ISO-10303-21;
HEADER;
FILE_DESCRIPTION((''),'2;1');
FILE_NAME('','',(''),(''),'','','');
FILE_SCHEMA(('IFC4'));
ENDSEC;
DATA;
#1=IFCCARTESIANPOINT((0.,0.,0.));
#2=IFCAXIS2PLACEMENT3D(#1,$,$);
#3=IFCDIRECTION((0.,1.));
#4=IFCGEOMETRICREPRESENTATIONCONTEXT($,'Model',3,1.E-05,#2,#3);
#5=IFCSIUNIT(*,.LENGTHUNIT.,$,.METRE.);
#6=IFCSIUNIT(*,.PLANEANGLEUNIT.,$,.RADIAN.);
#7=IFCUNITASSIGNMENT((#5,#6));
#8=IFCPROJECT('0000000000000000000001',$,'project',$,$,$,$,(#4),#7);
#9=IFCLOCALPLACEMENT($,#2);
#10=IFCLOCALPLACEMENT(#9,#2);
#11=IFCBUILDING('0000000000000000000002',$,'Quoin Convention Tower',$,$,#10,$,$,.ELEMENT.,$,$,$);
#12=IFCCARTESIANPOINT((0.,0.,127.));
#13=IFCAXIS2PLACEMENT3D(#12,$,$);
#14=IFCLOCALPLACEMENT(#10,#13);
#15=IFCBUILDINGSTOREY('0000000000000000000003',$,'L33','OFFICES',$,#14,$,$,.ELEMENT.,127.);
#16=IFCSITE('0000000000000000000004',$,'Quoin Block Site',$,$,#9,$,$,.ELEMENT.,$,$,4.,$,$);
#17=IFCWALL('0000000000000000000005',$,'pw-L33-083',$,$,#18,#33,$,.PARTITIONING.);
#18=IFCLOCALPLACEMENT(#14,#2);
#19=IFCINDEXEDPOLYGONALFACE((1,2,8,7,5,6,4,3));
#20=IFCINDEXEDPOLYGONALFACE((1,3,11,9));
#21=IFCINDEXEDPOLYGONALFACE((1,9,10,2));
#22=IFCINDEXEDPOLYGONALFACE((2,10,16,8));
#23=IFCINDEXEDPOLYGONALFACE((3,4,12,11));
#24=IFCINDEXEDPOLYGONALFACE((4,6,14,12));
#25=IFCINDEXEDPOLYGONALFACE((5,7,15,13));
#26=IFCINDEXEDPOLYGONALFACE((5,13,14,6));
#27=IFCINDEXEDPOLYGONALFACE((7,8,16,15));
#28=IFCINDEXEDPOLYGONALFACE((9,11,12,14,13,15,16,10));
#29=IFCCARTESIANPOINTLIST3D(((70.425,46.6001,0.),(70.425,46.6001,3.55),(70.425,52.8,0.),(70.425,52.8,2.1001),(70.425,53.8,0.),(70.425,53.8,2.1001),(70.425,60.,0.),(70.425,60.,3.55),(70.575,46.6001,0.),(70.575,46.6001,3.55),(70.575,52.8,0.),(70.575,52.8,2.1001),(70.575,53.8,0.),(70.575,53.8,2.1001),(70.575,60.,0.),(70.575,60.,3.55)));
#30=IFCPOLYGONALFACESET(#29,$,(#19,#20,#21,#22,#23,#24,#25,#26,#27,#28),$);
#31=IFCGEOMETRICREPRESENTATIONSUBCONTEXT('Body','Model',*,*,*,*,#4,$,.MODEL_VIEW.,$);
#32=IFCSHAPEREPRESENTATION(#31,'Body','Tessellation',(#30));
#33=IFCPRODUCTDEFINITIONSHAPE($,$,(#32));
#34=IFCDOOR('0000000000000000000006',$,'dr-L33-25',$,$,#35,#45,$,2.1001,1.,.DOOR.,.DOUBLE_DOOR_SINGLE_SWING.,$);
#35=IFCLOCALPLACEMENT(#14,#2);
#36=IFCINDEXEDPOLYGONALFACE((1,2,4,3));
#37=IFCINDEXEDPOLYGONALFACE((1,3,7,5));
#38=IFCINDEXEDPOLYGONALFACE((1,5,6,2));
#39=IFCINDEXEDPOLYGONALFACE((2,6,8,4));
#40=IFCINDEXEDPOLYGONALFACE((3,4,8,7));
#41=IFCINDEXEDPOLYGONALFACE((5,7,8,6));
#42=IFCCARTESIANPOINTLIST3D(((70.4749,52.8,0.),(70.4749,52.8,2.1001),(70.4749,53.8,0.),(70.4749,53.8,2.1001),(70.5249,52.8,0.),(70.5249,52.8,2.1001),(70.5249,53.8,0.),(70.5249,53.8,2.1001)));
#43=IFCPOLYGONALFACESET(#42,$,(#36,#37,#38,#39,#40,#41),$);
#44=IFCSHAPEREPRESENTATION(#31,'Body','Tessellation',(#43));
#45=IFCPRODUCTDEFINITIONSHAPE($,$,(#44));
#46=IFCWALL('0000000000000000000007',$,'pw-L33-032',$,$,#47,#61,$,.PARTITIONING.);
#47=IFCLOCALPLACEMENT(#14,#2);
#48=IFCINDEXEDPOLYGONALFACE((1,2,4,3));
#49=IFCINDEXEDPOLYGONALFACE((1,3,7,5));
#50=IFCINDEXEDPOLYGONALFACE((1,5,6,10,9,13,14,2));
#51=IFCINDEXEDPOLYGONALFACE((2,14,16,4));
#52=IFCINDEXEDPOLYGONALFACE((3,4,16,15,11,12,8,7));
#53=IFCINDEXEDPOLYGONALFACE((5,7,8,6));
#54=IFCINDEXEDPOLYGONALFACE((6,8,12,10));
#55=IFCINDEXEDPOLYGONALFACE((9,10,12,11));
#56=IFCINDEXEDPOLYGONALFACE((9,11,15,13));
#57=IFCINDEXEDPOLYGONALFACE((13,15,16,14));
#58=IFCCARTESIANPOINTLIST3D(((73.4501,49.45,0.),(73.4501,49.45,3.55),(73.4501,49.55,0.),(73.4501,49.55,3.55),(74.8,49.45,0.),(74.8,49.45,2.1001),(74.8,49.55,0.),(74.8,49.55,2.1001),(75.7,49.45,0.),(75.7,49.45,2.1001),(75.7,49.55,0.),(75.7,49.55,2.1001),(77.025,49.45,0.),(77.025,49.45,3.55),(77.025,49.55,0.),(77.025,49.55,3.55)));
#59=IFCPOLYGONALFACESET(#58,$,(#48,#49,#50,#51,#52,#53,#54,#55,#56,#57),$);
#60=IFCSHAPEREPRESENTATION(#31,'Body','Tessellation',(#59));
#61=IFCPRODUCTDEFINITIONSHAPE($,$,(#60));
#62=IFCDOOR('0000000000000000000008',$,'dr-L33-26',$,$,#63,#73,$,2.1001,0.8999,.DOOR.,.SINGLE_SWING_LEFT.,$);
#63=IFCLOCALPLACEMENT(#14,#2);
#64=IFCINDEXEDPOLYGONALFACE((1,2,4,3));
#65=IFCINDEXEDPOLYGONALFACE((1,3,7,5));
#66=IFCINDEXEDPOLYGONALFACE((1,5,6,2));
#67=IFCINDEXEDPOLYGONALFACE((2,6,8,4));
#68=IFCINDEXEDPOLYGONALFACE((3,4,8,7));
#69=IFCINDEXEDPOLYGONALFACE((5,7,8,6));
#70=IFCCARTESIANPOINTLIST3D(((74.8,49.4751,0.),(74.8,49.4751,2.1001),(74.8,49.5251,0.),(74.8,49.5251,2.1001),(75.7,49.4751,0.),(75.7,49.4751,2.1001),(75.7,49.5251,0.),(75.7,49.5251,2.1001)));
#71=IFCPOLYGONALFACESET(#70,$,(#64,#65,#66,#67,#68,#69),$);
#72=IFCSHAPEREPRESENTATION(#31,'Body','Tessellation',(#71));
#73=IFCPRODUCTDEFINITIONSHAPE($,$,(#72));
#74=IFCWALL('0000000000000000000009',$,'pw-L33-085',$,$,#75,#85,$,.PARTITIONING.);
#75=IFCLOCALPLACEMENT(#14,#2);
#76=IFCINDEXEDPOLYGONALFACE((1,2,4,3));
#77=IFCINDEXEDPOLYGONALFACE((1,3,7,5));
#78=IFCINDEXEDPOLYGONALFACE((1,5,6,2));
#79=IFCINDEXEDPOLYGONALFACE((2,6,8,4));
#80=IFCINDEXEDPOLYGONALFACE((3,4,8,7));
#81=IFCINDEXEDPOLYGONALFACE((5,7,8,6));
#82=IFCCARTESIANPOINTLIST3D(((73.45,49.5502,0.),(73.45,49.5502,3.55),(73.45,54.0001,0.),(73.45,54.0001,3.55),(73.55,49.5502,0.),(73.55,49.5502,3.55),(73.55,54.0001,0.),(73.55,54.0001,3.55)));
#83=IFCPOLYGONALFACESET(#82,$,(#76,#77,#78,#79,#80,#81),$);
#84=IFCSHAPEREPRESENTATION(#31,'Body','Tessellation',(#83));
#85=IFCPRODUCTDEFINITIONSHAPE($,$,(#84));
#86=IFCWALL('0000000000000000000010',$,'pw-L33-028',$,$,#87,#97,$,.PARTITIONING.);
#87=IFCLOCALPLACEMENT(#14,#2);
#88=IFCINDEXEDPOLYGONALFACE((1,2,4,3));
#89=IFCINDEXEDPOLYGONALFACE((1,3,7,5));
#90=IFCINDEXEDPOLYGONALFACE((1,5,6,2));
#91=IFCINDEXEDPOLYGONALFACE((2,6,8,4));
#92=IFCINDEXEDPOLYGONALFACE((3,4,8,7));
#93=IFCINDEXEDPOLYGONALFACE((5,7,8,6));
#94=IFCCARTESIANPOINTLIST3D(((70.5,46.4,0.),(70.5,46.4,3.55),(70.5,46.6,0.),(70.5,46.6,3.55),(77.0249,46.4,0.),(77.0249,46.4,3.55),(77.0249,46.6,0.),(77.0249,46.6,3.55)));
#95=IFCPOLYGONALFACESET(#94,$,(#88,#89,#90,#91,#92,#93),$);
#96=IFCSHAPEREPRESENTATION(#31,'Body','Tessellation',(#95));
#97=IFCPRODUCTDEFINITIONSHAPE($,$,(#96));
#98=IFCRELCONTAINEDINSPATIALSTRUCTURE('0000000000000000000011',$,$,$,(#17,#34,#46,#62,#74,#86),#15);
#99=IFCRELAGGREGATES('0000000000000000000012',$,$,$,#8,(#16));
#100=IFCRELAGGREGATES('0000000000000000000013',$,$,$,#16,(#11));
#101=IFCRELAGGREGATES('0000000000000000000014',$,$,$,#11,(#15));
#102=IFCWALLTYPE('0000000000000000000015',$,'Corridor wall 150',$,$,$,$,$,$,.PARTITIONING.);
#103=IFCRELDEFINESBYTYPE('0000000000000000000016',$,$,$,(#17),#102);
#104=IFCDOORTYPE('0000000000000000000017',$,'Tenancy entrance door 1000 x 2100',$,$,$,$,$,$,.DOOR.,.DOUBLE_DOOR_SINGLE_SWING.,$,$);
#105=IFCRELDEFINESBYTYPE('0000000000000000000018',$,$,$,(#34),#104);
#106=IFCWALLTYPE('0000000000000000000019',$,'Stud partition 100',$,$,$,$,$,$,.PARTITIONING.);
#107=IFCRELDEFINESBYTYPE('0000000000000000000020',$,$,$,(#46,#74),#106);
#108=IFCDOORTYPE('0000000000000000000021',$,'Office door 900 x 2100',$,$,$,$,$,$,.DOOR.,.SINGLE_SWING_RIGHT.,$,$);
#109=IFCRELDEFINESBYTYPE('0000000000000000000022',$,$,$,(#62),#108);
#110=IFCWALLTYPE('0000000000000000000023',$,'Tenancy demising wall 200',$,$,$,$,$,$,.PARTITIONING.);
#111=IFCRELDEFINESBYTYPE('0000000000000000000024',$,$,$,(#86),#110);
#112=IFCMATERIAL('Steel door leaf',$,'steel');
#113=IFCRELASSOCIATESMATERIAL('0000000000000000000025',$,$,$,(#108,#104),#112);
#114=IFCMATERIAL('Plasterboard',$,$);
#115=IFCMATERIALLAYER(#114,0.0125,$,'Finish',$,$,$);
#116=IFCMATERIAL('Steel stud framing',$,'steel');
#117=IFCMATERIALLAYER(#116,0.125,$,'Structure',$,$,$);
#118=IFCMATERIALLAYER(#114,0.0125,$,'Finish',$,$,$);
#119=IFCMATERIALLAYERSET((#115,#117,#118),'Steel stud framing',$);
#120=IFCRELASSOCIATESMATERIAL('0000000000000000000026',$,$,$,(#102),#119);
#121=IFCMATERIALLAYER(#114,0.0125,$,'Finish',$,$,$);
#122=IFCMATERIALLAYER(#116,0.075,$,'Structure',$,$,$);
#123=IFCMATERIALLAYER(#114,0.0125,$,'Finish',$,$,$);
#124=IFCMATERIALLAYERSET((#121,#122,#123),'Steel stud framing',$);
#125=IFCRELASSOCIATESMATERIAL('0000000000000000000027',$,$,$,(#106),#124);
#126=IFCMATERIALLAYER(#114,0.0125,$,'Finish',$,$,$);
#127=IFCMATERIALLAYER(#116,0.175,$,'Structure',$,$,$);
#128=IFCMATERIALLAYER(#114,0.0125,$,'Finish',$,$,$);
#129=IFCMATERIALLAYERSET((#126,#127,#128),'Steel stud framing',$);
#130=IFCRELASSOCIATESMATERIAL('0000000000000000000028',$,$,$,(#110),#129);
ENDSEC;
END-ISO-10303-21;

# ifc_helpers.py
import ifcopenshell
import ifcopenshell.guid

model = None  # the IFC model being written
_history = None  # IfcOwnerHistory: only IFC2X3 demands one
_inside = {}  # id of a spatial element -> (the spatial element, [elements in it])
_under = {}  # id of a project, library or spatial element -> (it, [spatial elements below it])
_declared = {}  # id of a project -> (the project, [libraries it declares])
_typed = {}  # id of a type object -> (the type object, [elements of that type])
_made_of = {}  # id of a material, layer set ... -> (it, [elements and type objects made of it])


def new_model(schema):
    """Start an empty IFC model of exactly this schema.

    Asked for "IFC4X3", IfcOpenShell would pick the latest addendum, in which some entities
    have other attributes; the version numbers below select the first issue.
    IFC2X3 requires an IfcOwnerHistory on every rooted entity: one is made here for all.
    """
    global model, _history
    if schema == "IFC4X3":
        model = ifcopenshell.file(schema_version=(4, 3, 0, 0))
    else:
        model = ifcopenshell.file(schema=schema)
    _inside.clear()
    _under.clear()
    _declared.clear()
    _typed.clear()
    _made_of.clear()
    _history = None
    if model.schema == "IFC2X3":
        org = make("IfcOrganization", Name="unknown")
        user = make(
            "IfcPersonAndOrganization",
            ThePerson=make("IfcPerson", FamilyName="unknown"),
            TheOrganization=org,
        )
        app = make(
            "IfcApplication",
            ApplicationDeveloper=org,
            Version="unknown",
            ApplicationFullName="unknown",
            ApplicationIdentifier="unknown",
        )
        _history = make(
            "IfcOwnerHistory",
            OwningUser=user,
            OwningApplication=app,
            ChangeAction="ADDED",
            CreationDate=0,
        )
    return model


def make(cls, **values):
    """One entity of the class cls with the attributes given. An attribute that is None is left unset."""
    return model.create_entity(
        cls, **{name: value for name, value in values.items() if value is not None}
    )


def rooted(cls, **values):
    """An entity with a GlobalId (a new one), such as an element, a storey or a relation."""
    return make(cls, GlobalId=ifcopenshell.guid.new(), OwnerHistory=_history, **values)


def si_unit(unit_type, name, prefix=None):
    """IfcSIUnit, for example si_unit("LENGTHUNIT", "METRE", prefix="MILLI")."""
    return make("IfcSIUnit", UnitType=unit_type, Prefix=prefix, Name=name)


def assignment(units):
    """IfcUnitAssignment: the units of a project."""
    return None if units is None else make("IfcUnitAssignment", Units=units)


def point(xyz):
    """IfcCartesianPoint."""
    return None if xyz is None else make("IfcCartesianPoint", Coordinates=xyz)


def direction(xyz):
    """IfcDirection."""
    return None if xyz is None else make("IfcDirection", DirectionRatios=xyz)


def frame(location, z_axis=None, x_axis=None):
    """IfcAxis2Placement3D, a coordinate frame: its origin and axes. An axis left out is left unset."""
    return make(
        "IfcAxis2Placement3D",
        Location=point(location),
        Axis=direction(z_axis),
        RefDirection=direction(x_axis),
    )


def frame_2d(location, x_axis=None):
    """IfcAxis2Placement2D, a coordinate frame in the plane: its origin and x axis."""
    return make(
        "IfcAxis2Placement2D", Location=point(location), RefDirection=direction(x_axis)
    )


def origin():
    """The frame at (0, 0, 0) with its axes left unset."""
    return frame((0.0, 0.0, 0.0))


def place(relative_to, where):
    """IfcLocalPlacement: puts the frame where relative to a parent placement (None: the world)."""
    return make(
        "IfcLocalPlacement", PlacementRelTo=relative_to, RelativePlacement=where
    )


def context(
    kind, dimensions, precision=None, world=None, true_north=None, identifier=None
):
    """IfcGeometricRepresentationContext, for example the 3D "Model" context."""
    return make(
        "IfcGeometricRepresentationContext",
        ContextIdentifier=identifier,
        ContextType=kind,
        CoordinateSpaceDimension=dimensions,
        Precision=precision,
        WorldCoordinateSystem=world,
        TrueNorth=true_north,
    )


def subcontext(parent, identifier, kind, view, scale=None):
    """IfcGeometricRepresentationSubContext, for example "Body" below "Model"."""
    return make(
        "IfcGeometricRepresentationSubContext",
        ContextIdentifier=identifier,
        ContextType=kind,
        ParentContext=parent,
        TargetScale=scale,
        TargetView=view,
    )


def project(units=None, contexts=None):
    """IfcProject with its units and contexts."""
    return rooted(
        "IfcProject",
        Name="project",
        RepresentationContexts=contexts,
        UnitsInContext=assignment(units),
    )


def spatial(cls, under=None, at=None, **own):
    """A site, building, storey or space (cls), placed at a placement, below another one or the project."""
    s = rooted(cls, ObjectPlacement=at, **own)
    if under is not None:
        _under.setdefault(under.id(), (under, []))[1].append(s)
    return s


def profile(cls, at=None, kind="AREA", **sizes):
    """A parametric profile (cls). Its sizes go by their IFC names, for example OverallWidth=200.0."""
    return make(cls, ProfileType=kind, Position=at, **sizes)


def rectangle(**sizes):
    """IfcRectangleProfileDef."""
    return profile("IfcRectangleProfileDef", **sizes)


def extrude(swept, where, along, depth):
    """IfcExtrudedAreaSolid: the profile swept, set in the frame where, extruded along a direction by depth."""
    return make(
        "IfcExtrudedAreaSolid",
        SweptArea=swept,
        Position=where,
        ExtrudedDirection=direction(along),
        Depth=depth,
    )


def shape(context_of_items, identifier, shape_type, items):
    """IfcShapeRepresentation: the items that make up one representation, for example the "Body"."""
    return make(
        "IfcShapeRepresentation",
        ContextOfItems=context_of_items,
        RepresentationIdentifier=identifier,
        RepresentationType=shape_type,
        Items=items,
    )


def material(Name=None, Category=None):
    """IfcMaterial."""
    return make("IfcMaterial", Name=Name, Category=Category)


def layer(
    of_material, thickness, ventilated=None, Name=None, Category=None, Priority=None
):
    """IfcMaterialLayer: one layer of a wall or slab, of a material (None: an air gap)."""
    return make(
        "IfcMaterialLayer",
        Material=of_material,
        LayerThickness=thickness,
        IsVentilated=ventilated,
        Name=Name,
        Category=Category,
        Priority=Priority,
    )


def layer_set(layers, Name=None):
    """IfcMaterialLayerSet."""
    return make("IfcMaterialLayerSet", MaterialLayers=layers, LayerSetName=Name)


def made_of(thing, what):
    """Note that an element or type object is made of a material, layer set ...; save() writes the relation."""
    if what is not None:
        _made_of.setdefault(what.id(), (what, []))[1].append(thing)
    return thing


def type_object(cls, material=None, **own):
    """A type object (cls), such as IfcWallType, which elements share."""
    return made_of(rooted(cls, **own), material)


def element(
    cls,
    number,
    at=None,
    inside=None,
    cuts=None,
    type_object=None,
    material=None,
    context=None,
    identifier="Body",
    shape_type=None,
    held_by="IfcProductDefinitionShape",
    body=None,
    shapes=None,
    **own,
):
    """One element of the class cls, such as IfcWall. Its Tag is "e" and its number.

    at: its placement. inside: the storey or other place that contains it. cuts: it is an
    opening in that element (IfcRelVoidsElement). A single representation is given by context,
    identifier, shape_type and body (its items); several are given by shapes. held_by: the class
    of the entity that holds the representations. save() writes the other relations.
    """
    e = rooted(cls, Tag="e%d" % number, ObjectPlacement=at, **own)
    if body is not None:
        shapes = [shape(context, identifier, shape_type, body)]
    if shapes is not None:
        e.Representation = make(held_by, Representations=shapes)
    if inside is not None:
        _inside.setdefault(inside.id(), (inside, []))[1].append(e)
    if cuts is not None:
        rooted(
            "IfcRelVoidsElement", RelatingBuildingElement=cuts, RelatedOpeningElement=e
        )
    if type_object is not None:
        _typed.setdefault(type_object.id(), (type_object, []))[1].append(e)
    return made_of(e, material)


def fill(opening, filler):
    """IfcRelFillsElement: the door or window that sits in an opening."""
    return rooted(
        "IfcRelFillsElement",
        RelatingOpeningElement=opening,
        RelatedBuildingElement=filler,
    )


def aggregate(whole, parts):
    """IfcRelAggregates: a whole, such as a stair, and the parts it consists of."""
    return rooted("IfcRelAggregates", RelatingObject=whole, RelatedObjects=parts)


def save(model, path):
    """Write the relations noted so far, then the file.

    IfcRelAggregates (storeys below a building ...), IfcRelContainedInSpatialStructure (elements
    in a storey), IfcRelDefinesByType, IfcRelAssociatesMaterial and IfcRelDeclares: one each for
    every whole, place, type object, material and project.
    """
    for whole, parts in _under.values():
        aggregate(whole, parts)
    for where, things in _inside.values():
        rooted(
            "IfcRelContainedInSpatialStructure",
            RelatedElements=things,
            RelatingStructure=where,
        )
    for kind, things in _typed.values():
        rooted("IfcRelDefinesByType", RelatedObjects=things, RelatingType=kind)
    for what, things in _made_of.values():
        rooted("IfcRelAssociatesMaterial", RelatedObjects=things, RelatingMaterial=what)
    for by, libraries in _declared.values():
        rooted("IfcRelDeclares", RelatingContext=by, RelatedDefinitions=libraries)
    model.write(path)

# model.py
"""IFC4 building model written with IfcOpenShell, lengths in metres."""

from ifc_helpers import new_model, si_unit, direction, frame, frame_2d, origin, place, context, subcontext, project, spatial, rectangle, extrude, material, layer, layer_set, type_object, element, fill, save


model = new_model("IFC4")

# Units and contexts
model_context = context("Model", 3, precision=1e-05, world=origin(), true_north=direction((0.0, 1.0)))
body_context = subcontext(model_context, "Body", "Model", "MODEL_VIEW")
ifc_project = project(units=[si_unit("LENGTHUNIT", "METRE"), si_unit("PLANEANGLEUNIT", "RADIAN")], contexts=[model_context])

# Site, building, storey
site_placement = place(None, origin())
site = spatial("IfcSite", under=ifc_project, at=site_placement, Name="Quoin Block Site", CompositionType="ELEMENT", RefElevation=4.0)
building_placement = place(site_placement, origin())
building = spatial("IfcBuilding", under=site, at=building_placement, Name="Quoin Convention Tower", CompositionType="ELEMENT")
storey_placement = place(building_placement, frame((0.0, 0.0, 127.0)))
storey = spatial("IfcBuildingStorey", under=building, at=storey_placement, Name="L33", Description="OFFICES", CompositionType="ELEMENT", Elevation=127.0)

# Shared definitions
ifc_material_1 = material(Name="Plasterboard")
ifc_material_2 = material(Name="Steel stud framing", Category="steel")
ifc_material_3 = material(Name="Steel door leaf", Category="steel")
door_type_1 = type_object("IfcDoorType", Name="Office door 900 x 2100", OperationType="SINGLE_SWING_RIGHT", PredefinedType="DOOR", material=ifc_material_3)

# Walls, openings, doors
ifc_layer_1 = layer(ifc_material_1, 0.0125, Name="Finish")
ifc_layer_2 = layer(ifc_material_2, 0.125, Name="Structure")
ifc_layer_3 = layer(ifc_material_1, 0.0125, Name="Finish")
ifc_layer_set_1 = layer_set([ifc_layer_1, ifc_layer_2, ifc_layer_3], Name="Steel stud framing")
wall_type_1 = type_object("IfcWallType", Name="Corridor wall 150", PredefinedType="PARTITIONING", material=ifc_layer_set_1)
wall_1_placement = place(storey_placement, frame((70.5, 46.6001, 0.0), z_axis=(0.0, 0.0, 1.0), x_axis=(0.0, 1.0, 0.0)))
wall_1 = element("IfcWall", 1, at=wall_1_placement, inside=storey, type_object=wall_type_1, Name="pw-L33-083", PredefinedType="PARTITIONING", context=body_context, shape_type="SweptSolid", body=[
    extrude(rectangle(XDim=13.3999, YDim=0.1499, at=frame_2d((6.7, 0.0))), origin(), (0.0, 0.0, 1.0), 3.55),
])
opening_1_placement = place(wall_1_placement, frame((6.2, 0.0, 0.0)))
opening_1 = element("IfcOpeningElement", 2, at=opening_1_placement, cuts=wall_1, PredefinedType="OPENING", context=body_context, shape_type="SweptSolid", body=[
    extrude(rectangle(XDim=1.0, YDim=2.1001, at=frame_2d((0.5, 1.05))), frame((0.0, 0.085, 0.0), z_axis=(0.0, -1.0, 0.0), x_axis=(1.0, 0.0, 0.0)), (0.0, 0.0, 1.0), 0.1699),
])
door_type_2 = type_object("IfcDoorType", Name="Tenancy entrance door 1000 x 2100", OperationType="DOUBLE_DOOR_SINGLE_SWING", PredefinedType="DOOR", material=ifc_material_3)
door_1_placement = place(opening_1_placement, frame((1.0, 0.0, 0.0), z_axis=(0.0, 0.0, 1.0), x_axis=(-1.0, 0.0, 0.0)))
door_1 = element("IfcDoor", 3, at=door_1_placement, inside=storey, type_object=door_type_2, Name="dr-L33-25", OperationType="DOUBLE_DOOR_SINGLE_SWING", OverallHeight=2.1001, OverallWidth=1.0, PredefinedType="DOOR", context=body_context, shape_type="SweptSolid", body=[
    extrude(rectangle(XDim=1.0, YDim=2.1001, at=frame_2d((0.5, 1.05))), frame((0.0, 0.0249, 0.0), z_axis=(0.0, -1.0, 0.0), x_axis=(1.0, 0.0, 0.0)), (0.0, 0.0, 1.0), 0.05),
])
fill(opening_1, door_1)
ifc_layer_4 = layer(ifc_material_1, 0.0125, Name="Finish")
ifc_layer_5 = layer(ifc_material_2, 0.075, Name="Structure")
ifc_layer_6 = layer(ifc_material_1, 0.0125, Name="Finish")
ifc_layer_set_2 = layer_set([ifc_layer_4, ifc_layer_5, ifc_layer_6], Name="Steel stud framing")
wall_type_2 = type_object("IfcWallType", Name="Stud partition 100", PredefinedType="PARTITIONING", material=ifc_layer_set_2)
wall_2_placement = place(storey_placement, frame((73.45, 49.5, 0.0), z_axis=(0.0, 0.0, 1.0), x_axis=(1.0, 0.0, 0.0)))
wall_2 = element("IfcWall", 4, at=wall_2_placement, inside=storey, type_object=wall_type_2, Name="pw-L33-032", PredefinedType="PARTITIONING", context=body_context, shape_type="SweptSolid", body=[
    extrude(rectangle(XDim=3.575, YDim=0.1001, at=frame_2d((1.7876, 0.0))), origin(), (0.0, 0.0, 1.0), 3.55),
])
opening_2_placement = place(wall_2_placement, frame((1.3501, 0.0, 0.0)))
opening_2 = element("IfcOpeningElement", 5, at=opening_2_placement, cuts=wall_2, PredefinedType="OPENING", context=body_context, shape_type="SweptSolid", body=[
    extrude(rectangle(XDim=0.8999, YDim=2.1001, at=frame_2d((0.45, 1.05))), frame((0.0, 0.0601, 0.0), z_axis=(0.0, -1.0, 0.0), x_axis=(1.0, 0.0, 0.0)), (0.0, 0.0, 1.0), 0.1201),
])
door_2_placement = place(opening_2_placement, frame((0.8999, 0.0, 0.0), z_axis=(0.0, 0.0, 1.0), x_axis=(-1.0, 0.0, 0.0)))
door_2 = element("IfcDoor", 6, at=door_2_placement, inside=storey, type_object=door_type_1, Name="dr-L33-26", OperationType="SINGLE_SWING_LEFT", OverallHeight=2.1001, OverallWidth=0.8999, PredefinedType="DOOR", context=body_context, shape_type="SweptSolid", body=[
    extrude(rectangle(XDim=0.8999, YDim=2.1001, at=frame_2d((0.45, 1.05))), frame((0.0, 0.0249, 0.0), z_axis=(0.0, -1.0, 0.0), x_axis=(1.0, 0.0, 0.0)), (0.0, 0.0, 1.0), 0.05),
])
fill(opening_2, door_2)

# Walls
wall_3_placement = place(storey_placement, frame((73.5, 49.55, 0.0), z_axis=(0.0, 0.0, 1.0), x_axis=(0.0, 1.0, 0.0)))
element("IfcWall", 7, at=wall_3_placement, inside=storey, type_object=wall_type_2, Name="pw-L33-085", PredefinedType="PARTITIONING", context=body_context, shape_type="SweptSolid", body=[
    extrude(rectangle(XDim=4.45, YDim=0.1001, at=frame_2d((2.2251, 0.0))), origin(), (0.0, 0.0, 1.0), 3.55),
])
ifc_layer_7 = layer(ifc_material_1, 0.0125, Name="Finish")
ifc_layer_8 = layer(ifc_material_2, 0.175, Name="Structure")
ifc_layer_9 = layer(ifc_material_1, 0.0125, Name="Finish")
ifc_layer_set_3 = layer_set([ifc_layer_7, ifc_layer_8, ifc_layer_9], Name="Steel stud framing")
wall_type_3 = type_object("IfcWallType", Name="Tenancy demising wall 200", PredefinedType="PARTITIONING", material=ifc_layer_set_3)
wall_4_placement = place(storey_placement, frame((70.5, 46.5, 0.0), z_axis=(0.0, 0.0, 1.0), x_axis=(1.0, 0.0, 0.0)))
element("IfcWall", 8, at=wall_4_placement, inside=storey, type_object=wall_type_3, Name="pw-L33-028", PredefinedType="PARTITIONING", context=body_context, shape_type="SweptSolid", body=[
    extrude(rectangle(XDim=6.5249, YDim=0.2, at=frame_2d((3.2625, 0.0))), origin(), (0.0, 0.0, 1.0), 3.55),
])

save(model, "model.ifc")
